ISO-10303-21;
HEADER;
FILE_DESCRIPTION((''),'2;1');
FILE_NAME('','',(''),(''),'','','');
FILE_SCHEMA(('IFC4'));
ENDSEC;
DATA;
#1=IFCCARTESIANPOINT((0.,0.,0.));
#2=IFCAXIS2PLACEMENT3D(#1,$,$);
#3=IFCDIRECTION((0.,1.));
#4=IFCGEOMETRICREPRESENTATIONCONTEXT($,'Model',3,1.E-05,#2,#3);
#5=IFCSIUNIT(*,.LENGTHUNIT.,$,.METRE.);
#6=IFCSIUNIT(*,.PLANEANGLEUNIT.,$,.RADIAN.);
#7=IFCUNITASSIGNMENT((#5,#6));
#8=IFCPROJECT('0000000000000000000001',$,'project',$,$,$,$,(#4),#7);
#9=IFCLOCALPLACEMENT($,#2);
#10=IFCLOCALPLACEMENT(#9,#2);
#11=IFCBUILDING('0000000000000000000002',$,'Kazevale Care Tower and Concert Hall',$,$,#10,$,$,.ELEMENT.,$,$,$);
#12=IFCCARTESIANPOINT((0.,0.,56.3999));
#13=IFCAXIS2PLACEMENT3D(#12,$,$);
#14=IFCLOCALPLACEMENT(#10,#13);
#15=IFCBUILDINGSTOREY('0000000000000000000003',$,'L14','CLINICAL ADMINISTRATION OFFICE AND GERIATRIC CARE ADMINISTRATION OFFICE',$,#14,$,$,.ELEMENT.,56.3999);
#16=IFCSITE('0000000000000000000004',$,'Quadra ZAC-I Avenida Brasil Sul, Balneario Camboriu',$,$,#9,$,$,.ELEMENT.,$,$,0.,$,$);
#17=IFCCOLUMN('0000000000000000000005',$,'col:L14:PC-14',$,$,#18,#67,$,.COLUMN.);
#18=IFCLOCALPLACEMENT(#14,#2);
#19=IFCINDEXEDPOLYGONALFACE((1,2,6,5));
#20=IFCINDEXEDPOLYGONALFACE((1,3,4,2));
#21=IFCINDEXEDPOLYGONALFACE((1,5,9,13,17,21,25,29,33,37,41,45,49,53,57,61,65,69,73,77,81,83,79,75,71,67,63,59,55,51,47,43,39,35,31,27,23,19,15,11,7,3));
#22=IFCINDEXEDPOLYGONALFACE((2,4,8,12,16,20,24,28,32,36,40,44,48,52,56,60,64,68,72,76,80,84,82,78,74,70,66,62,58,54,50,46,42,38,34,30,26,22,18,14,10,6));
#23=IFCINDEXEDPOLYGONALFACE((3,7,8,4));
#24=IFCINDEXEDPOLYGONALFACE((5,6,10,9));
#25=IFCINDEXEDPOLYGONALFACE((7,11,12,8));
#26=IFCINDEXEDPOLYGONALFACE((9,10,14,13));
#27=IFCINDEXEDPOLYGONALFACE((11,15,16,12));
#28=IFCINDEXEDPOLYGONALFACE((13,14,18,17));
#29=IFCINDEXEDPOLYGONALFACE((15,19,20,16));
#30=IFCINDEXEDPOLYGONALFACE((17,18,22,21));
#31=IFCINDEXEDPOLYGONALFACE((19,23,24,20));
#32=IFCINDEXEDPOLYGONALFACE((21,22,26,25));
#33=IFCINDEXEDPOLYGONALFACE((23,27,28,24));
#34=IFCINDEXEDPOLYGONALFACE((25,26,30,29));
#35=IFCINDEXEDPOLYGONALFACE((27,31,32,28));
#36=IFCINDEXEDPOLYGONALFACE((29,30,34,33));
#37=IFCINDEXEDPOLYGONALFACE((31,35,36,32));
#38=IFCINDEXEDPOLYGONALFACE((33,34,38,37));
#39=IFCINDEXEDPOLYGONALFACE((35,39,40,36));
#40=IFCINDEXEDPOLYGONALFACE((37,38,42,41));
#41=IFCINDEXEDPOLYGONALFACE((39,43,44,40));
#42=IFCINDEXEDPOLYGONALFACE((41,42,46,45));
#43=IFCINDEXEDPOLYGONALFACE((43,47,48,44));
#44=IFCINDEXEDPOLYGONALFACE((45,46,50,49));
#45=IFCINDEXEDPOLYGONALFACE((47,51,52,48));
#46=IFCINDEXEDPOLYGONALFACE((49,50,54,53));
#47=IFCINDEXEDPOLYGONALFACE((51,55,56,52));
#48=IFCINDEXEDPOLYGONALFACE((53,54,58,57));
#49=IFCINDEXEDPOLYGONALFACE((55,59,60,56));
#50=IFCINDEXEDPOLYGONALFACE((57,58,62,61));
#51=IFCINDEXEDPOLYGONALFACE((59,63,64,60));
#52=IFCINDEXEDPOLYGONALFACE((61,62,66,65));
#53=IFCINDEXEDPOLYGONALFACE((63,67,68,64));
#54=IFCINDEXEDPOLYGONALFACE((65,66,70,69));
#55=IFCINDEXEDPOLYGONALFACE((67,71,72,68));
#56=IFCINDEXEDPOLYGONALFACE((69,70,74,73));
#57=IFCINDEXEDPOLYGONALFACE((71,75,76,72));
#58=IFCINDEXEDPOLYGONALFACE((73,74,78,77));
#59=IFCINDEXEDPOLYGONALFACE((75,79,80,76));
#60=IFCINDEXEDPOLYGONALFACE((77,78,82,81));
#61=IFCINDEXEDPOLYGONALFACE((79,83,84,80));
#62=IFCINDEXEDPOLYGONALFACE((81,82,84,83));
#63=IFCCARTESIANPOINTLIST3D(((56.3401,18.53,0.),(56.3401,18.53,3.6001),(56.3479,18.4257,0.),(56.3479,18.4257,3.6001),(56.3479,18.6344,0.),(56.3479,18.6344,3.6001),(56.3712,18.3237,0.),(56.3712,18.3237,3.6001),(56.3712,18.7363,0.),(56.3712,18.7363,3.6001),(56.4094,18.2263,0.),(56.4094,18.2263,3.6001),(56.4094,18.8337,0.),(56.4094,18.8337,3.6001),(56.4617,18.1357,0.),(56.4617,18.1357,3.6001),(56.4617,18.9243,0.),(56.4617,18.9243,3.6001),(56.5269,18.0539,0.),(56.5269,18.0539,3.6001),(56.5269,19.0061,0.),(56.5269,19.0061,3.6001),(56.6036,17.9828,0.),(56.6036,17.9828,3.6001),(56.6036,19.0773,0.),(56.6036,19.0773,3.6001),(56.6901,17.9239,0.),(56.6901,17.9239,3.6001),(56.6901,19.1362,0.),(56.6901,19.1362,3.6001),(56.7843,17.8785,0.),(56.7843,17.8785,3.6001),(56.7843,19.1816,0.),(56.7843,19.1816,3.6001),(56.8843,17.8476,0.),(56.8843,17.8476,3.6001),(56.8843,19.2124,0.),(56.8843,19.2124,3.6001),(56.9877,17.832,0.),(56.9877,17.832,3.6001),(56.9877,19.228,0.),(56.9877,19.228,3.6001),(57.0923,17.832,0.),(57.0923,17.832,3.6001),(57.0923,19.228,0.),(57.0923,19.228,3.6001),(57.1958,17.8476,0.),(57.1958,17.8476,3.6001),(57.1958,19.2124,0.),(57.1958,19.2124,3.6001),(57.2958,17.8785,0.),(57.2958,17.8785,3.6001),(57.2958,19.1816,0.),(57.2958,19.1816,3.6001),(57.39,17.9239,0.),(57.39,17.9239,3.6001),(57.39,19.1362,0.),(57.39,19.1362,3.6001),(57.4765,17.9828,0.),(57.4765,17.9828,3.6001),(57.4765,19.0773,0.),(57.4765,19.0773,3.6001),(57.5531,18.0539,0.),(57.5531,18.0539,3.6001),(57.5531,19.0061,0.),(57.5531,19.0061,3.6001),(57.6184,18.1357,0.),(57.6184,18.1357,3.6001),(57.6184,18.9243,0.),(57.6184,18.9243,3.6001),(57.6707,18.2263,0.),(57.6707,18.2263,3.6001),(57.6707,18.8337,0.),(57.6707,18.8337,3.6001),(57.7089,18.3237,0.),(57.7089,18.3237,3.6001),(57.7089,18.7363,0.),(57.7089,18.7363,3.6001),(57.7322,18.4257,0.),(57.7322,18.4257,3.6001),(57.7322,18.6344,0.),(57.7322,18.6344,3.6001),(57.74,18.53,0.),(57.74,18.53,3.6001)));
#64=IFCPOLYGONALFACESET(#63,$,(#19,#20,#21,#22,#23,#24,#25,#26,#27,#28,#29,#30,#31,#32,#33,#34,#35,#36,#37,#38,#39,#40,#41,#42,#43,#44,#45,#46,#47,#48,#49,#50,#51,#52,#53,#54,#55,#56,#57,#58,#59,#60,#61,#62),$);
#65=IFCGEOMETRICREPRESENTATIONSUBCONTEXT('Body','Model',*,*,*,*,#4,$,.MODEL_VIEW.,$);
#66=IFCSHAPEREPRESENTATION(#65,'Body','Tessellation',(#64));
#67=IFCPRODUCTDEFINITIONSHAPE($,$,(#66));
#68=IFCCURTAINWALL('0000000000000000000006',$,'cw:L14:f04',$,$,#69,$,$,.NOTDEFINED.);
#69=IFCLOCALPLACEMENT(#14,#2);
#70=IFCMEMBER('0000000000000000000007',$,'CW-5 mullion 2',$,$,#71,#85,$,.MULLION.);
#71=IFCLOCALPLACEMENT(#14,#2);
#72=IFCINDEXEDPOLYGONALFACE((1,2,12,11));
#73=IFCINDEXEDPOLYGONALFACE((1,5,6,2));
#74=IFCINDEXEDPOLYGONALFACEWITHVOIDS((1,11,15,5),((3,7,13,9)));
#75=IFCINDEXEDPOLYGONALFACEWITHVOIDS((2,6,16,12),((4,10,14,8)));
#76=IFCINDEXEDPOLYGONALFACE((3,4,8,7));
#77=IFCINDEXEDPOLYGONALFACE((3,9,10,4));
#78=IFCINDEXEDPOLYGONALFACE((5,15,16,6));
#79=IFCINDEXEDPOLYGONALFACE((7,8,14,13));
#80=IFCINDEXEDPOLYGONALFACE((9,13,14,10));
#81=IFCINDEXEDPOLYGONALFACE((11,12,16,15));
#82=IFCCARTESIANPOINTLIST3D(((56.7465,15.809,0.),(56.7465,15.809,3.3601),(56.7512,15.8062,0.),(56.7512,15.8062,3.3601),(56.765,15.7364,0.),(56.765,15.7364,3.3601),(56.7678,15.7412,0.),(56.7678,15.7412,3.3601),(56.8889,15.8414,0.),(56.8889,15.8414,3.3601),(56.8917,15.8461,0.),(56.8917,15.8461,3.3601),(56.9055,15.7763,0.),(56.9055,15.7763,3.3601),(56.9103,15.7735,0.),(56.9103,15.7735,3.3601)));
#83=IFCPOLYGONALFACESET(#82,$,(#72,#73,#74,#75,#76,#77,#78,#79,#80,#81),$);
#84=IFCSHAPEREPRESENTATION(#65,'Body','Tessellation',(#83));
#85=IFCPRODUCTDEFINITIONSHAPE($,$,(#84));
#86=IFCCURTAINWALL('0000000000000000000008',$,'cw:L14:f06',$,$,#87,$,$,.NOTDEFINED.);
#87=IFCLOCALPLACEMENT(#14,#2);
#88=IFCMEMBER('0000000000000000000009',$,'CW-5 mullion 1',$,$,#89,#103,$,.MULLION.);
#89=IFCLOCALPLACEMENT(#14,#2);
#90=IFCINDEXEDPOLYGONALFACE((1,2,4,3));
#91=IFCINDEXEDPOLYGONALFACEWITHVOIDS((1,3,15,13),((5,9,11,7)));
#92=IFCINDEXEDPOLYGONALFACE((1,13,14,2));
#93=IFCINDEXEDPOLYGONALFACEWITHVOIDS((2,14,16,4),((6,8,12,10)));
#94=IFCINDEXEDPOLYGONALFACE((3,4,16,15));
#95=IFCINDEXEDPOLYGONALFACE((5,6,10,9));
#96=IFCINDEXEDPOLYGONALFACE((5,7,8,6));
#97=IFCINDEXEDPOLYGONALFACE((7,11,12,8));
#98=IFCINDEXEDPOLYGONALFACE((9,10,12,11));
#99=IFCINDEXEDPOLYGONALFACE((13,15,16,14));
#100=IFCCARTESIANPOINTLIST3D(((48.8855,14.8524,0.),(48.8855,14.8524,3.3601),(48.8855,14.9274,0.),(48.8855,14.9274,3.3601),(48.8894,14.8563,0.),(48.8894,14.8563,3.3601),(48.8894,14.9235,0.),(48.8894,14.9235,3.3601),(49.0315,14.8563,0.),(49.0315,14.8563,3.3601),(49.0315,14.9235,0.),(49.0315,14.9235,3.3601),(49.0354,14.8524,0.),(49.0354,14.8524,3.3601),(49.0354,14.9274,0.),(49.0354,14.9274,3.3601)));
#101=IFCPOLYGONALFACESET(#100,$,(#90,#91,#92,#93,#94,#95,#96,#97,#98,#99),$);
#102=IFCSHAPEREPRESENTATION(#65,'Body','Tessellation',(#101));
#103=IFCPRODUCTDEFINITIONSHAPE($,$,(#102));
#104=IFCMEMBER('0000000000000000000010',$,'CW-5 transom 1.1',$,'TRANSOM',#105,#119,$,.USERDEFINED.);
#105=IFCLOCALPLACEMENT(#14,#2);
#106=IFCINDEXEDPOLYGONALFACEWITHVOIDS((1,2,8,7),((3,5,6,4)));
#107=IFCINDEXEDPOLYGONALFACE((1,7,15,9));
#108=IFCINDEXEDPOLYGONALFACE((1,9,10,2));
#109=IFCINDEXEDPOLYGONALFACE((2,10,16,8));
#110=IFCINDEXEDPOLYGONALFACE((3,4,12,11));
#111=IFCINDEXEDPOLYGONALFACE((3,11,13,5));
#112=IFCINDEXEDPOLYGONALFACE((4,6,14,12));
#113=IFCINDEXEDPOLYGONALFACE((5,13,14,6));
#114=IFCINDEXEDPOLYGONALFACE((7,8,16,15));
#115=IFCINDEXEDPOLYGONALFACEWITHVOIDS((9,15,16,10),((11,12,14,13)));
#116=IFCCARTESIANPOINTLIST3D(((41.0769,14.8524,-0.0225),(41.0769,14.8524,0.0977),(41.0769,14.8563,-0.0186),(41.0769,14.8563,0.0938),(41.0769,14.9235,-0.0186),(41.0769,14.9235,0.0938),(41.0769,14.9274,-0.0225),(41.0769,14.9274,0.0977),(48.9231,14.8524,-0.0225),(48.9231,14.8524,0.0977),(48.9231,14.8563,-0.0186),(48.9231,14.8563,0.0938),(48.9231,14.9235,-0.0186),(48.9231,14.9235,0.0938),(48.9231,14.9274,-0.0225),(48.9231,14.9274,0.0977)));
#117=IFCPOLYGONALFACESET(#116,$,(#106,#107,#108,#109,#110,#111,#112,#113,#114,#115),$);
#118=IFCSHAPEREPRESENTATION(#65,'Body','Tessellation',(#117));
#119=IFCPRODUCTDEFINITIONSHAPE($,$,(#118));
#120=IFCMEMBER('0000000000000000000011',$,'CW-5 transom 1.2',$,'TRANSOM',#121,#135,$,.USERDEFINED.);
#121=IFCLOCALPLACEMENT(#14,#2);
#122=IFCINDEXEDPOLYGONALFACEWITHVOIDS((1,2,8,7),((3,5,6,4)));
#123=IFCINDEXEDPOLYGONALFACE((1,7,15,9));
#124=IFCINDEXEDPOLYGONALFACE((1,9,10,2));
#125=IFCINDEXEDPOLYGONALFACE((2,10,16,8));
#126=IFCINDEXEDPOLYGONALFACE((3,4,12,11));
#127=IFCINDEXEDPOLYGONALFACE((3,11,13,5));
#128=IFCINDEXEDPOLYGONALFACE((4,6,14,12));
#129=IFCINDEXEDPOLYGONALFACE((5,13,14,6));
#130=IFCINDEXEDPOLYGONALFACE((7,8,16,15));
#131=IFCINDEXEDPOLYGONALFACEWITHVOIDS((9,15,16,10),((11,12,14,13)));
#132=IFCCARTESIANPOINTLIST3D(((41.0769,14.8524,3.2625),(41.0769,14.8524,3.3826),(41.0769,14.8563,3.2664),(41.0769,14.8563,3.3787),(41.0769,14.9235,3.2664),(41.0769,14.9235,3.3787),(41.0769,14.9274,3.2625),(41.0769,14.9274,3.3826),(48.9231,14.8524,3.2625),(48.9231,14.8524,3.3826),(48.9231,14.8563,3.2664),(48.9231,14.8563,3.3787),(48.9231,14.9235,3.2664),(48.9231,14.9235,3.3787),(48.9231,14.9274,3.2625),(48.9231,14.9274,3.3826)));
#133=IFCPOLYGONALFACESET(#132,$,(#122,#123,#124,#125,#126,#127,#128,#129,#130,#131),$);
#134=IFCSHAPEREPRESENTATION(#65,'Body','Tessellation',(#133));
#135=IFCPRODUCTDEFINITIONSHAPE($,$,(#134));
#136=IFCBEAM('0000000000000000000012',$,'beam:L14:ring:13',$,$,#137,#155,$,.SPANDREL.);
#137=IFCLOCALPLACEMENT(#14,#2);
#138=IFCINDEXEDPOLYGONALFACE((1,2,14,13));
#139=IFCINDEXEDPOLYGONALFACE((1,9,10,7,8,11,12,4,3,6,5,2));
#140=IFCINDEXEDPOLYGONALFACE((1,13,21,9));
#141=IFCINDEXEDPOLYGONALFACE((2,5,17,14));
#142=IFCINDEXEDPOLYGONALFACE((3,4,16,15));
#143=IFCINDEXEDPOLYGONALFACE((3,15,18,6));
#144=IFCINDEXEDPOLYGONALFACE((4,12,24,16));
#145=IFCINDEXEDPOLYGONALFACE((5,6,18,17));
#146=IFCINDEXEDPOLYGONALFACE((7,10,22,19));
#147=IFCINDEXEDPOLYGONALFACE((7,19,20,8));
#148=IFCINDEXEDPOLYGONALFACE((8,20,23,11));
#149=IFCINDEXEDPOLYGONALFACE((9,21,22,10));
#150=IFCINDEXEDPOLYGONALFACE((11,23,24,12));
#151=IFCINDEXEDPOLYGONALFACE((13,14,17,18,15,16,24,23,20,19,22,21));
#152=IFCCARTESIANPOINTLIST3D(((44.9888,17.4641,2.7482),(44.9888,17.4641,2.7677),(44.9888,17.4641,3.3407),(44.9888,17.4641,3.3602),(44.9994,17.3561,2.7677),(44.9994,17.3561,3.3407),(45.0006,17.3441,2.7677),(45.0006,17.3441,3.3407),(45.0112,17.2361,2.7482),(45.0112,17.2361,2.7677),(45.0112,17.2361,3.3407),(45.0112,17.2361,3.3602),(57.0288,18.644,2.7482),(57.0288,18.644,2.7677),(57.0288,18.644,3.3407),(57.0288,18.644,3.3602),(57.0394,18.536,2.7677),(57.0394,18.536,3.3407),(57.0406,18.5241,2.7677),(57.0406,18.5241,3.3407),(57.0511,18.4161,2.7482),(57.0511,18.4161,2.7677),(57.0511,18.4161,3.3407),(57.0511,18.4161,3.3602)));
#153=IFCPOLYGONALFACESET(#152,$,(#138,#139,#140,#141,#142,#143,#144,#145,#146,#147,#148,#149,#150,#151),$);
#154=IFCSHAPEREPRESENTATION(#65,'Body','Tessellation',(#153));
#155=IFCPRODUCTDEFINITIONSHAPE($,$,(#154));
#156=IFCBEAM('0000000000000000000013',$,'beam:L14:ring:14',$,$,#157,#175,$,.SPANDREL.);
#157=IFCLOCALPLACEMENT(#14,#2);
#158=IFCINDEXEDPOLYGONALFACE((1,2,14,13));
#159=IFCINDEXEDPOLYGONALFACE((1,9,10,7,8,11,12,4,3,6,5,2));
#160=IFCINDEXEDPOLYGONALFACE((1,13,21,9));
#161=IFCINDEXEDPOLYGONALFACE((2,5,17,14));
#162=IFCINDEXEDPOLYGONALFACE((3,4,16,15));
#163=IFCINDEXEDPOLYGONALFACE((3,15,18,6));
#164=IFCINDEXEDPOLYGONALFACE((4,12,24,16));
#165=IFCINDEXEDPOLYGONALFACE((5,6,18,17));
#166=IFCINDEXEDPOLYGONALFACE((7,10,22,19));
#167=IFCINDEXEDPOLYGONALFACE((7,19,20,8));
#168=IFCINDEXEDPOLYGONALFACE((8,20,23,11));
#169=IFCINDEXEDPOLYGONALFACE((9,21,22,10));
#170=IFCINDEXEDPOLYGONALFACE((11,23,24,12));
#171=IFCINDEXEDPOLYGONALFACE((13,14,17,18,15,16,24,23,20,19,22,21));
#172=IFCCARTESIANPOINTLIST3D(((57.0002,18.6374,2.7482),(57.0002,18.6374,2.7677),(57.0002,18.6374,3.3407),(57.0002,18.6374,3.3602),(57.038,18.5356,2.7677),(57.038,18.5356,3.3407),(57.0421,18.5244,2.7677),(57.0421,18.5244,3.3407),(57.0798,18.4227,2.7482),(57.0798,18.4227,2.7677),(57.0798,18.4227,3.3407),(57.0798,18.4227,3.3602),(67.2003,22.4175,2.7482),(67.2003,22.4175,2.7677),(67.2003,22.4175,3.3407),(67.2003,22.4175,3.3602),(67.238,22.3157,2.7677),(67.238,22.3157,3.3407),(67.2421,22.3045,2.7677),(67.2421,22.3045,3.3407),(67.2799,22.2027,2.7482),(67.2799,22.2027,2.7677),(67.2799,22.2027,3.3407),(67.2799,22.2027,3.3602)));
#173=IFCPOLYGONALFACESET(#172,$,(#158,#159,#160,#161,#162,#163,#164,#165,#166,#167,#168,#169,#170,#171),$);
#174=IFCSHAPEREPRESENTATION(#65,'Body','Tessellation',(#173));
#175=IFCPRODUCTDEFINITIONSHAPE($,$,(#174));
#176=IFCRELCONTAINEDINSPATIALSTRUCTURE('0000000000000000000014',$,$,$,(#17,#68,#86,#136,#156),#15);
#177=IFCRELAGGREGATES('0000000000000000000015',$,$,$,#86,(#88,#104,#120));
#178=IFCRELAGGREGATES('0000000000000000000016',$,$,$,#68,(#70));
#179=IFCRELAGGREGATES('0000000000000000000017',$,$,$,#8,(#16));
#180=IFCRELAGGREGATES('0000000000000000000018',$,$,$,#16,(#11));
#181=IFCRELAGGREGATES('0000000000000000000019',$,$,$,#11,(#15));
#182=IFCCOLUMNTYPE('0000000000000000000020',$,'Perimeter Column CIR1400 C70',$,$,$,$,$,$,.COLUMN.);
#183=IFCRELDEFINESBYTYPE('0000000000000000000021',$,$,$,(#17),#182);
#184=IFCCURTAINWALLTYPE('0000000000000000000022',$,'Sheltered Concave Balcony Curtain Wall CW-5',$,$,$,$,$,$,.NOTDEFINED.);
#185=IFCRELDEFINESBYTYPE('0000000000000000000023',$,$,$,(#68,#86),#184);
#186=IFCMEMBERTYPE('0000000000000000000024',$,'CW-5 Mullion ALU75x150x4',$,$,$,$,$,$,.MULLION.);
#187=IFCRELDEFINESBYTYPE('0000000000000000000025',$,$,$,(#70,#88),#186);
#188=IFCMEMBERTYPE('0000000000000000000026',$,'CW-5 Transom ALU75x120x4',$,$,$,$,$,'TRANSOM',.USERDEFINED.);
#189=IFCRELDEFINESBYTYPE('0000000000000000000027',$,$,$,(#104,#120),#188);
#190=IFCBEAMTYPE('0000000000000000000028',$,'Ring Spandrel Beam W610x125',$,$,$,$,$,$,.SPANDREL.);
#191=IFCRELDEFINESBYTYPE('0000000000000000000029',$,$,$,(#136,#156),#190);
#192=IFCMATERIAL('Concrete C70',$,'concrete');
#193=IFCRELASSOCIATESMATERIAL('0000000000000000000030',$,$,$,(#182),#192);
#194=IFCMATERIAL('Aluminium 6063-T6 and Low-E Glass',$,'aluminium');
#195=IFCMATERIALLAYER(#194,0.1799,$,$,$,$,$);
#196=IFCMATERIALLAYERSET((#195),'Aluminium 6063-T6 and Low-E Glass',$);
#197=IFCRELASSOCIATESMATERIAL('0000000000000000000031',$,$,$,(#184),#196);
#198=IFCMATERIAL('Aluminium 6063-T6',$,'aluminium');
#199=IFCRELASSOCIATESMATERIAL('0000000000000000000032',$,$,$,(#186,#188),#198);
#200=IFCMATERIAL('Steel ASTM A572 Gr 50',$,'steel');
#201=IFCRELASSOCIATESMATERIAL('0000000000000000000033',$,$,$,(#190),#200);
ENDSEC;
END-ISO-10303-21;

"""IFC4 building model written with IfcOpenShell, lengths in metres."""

from ifc_helpers import new_model, si_unit, direction, frame, origin, origin_2d, place, context, subcontext, project, spatial, hollow_rectangle, circle, i_section, extrude, material, layer, layer_set, material_profile, profile_set, type_object, element, aggregate, save


model = new_model("IFC4")

# Units and contexts
model_context = context("Model", 3, precision=1e-05, world=origin(), true_north=direction((0.0, 1.0)))
body_context = subcontext(model_context, "Body", "Model", "MODEL_VIEW")
ifc_project = project(units=[si_unit("LENGTHUNIT", "METRE"), si_unit("PLANEANGLEUNIT", "RADIAN")], contexts=[model_context])

# Site, building, storey
site_placement = place(None, origin())
site = spatial("IfcSite", under=ifc_project, at=site_placement, Name="Quadra ZAC-I Avenida Brasil Sul, Balneario Camboriu", CompositionType="ELEMENT", RefElevation=0.0)
building_placement = place(site_placement, origin())
building = spatial("IfcBuilding", under=site, at=building_placement, Name="Kazevale Care Tower and Concert Hall", CompositionType="ELEMENT")
storey_placement = place(building_placement, frame((0.0, 0.0, 56.3999)))
storey = spatial("IfcBuildingStorey", under=building, at=storey_placement, Name="L14", Description="CLINICAL ADMINISTRATION OFFICE AND GERIATRIC CARE ADMINISTRATION OFFICE", CompositionType="ELEMENT", Elevation=56.3999)

# Column
ifc_material_1 = material(Name="Concrete C70", Category="concrete")
ifc_material_profile_1 = material_profile(ifc_material_1, circle(Radius=0.7, at=origin_2d()), Name="RC-CIR1400")
ifc_profile_set_1 = profile_set([ifc_material_profile_1], Name="Concrete C70")
column_type = type_object("IfcColumnType", Name="Perimeter Column CIR1400 C70", PredefinedType="COLUMN", material=ifc_profile_set_1)
column_placement = place(storey_placement, frame((57.04, 18.53, 0.0), z_axis=(0.0, 0.0, 1.0), x_axis=(1.0, 0.0, 0.0)))
element("IfcColumn", 1, at=column_placement, inside=storey, type_object=column_type, Name="col:L14:PC-14", PredefinedType="COLUMN", context=body_context, shape_type="SweptSolid", body=[
    extrude(circle(Radius=0.7, at=origin_2d()), origin(), (0.0, 0.0, 1.0), 3.6001),
])

# Curtain wall, member
ifc_material_2 = material(Name="Aluminium 6063-T6 and Low-E Glass", Category="aluminium")
ifc_layer_1 = layer(ifc_material_2, 0.1799)
ifc_layer_set_1 = layer_set([ifc_layer_1], Name="Aluminium 6063-T6 and Low-E Glass")
curtain_wall_type = type_object("IfcCurtainWallType", Name="Sheltered Concave Balcony Curtain Wall CW-5", PredefinedType="NOTDEFINED", material=ifc_layer_set_1)
curtain_wall_1_placement = place(storey_placement, origin())
curtain_wall_1 = element("IfcCurtainWall", 2, at=curtain_wall_1_placement, inside=storey, type_object=curtain_wall_type, Name="cw:L14:f04", PredefinedType="NOTDEFINED")
ifc_material_3 = material(Name="Aluminium 6063-T6", Category="aluminium")
ifc_material_profile_2 = material_profile(ifc_material_3, hollow_rectangle(XDim=0.075, YDim=0.1499, WallThickness=0.0039, at=origin_2d()), Name="ALU75x150x4")
ifc_profile_set_2 = profile_set([ifc_material_profile_2], Name="Aluminium 6063-T6")
member_type_1 = type_object("IfcMemberType", Name="CW-5 Mullion ALU75x150x4", PredefinedType="MULLION", material=ifc_profile_set_2)
member_1_placement = place(storey_placement, frame((56.8284, 15.7913, 0.0), z_axis=(0.0, 0.0, 1.0), x_axis=(0.247222, -0.968959, 0.0)))
member_1 = element("IfcMember", 3, at=member_1_placement, type_object=member_type_1, Name="CW-5 mullion 2", PredefinedType="MULLION", context=body_context, shape_type="SweptSolid", body=[
    extrude(hollow_rectangle(XDim=0.075, YDim=0.1499, WallThickness=0.0039, at=origin_2d()), origin(), (0.0, 0.0, 1.0), 3.3601),
])

# Curtain wall, members
curtain_wall_2_placement = place(storey_placement, origin())
curtain_wall_2 = element("IfcCurtainWall", 4, at=curtain_wall_2_placement, inside=storey, type_object=curtain_wall_type, Name="cw:L14:f06", PredefinedType="NOTDEFINED")
member_2_placement = place(storey_placement, frame((48.9604, 14.8899, 0.0), z_axis=(0.0, 0.0, 1.0), x_axis=(0.0, -1.0, 0.0)))
member_2 = element("IfcMember", 5, at=member_2_placement, type_object=member_type_1, Name="CW-5 mullion 1", PredefinedType="MULLION", context=body_context, shape_type="SweptSolid", body=[
    extrude(hollow_rectangle(XDim=0.075, YDim=0.1499, WallThickness=0.0039, at=origin_2d()), origin(), (0.0, 0.0, 1.0), 3.3601),
])
ifc_material_profile_3 = material_profile(ifc_material_3, hollow_rectangle(XDim=0.075, YDim=0.1201, WallThickness=0.0039, at=origin_2d()), Name="ALU75x120x4")
ifc_profile_set_3 = profile_set([ifc_material_profile_3], Name="Aluminium 6063-T6")
member_type_2 = type_object("IfcMemberType", Name="CW-5 Transom ALU75x120x4", ElementType="TRANSOM", PredefinedType="USERDEFINED", material=ifc_profile_set_3)
member_3_placement = place(storey_placement, frame((48.9231, 14.8899, 0.0376), z_axis=(-1.0, 0.0, 0.0), x_axis=(0.0, -1.0, 0.0)))
member_3 = element("IfcMember", 6, at=member_3_placement, type_object=member_type_2, Name="CW-5 transom 1.1", ObjectType="TRANSOM", PredefinedType="USERDEFINED", context=body_context, shape_type="SweptSolid", body=[
    extrude(hollow_rectangle(XDim=0.075, YDim=0.1201, WallThickness=0.0039, at=origin_2d()), origin(), (0.0, 0.0, 1.0), 7.8462),
])
member_4_placement = place(storey_placement, frame((48.9231, 14.8899, 3.3225), z_axis=(-1.0, 0.0, 0.0), x_axis=(0.0, -1.0, 0.0)))
member_4 = element("IfcMember", 7, at=member_4_placement, type_object=member_type_2, Name="CW-5 transom 1.2", ObjectType="TRANSOM", PredefinedType="USERDEFINED", context=body_context, shape_type="SweptSolid", body=[
    extrude(hollow_rectangle(XDim=0.075, YDim=0.1201, WallThickness=0.0039, at=origin_2d()), origin(), (0.0, 0.0, 1.0), 7.8462),
])
aggregate(curtain_wall_2, [member_2, member_3, member_4])

# Beams
ifc_material_4 = material(Name="Steel ASTM A572 Gr 50", Category="steel")
ifc_material_profile_4 = material_profile(ifc_material_4, i_section(OverallWidth=0.229, OverallDepth=0.6121, WebThickness=0.012, FlangeThickness=0.0195, at=origin_2d()), Name="W610x125")
ifc_profile_set_4 = profile_set([ifc_material_profile_4], Name="Steel ASTM A572 Gr 50")
beam_type_1 = type_object("IfcBeamType", Name="Ring Spandrel Beam W610x125", PredefinedType="SPANDREL", material=ifc_profile_set_4)
beam_1_placement = place(storey_placement, frame((45.0, 17.3501, 3.0542), z_axis=(0.995232, 0.097533, 0.0), x_axis=(-0.097533, 0.995232, 0.0)))
element("IfcBeam", 8, at=beam_1_placement, inside=storey, type_object=beam_type_1, Name="beam:L14:ring:13", PredefinedType="SPANDREL", context=body_context, shape_type="SweptSolid", body=[
    extrude(i_section(OverallWidth=0.229, OverallDepth=0.6121, WebThickness=0.012, FlangeThickness=0.0195, at=origin_2d()), origin(), (0.0, 0.0, 1.0), 12.0977),
])
beam_2_placement = place(storey_placement, frame((57.04, 18.53, 3.0542), z_axis=(0.937681, 0.347498, 0.0), x_axis=(-0.347498, 0.937681, 0.0)))
element("IfcBeam", 9, at=beam_2_placement, inside=storey, type_object=beam_type_1, Name="beam:L14:ring:14", PredefinedType="SPANDREL", context=body_context, shape_type="SweptSolid", body=[
    extrude(i_section(OverallWidth=0.229, OverallDepth=0.6121, WebThickness=0.012, FlangeThickness=0.0195, at=origin_2d()), origin(), (0.0, 0.0, 1.0), 10.8779),
])

aggregate(curtain_wall_1, [member_1])

save(model, "model.ifc")
